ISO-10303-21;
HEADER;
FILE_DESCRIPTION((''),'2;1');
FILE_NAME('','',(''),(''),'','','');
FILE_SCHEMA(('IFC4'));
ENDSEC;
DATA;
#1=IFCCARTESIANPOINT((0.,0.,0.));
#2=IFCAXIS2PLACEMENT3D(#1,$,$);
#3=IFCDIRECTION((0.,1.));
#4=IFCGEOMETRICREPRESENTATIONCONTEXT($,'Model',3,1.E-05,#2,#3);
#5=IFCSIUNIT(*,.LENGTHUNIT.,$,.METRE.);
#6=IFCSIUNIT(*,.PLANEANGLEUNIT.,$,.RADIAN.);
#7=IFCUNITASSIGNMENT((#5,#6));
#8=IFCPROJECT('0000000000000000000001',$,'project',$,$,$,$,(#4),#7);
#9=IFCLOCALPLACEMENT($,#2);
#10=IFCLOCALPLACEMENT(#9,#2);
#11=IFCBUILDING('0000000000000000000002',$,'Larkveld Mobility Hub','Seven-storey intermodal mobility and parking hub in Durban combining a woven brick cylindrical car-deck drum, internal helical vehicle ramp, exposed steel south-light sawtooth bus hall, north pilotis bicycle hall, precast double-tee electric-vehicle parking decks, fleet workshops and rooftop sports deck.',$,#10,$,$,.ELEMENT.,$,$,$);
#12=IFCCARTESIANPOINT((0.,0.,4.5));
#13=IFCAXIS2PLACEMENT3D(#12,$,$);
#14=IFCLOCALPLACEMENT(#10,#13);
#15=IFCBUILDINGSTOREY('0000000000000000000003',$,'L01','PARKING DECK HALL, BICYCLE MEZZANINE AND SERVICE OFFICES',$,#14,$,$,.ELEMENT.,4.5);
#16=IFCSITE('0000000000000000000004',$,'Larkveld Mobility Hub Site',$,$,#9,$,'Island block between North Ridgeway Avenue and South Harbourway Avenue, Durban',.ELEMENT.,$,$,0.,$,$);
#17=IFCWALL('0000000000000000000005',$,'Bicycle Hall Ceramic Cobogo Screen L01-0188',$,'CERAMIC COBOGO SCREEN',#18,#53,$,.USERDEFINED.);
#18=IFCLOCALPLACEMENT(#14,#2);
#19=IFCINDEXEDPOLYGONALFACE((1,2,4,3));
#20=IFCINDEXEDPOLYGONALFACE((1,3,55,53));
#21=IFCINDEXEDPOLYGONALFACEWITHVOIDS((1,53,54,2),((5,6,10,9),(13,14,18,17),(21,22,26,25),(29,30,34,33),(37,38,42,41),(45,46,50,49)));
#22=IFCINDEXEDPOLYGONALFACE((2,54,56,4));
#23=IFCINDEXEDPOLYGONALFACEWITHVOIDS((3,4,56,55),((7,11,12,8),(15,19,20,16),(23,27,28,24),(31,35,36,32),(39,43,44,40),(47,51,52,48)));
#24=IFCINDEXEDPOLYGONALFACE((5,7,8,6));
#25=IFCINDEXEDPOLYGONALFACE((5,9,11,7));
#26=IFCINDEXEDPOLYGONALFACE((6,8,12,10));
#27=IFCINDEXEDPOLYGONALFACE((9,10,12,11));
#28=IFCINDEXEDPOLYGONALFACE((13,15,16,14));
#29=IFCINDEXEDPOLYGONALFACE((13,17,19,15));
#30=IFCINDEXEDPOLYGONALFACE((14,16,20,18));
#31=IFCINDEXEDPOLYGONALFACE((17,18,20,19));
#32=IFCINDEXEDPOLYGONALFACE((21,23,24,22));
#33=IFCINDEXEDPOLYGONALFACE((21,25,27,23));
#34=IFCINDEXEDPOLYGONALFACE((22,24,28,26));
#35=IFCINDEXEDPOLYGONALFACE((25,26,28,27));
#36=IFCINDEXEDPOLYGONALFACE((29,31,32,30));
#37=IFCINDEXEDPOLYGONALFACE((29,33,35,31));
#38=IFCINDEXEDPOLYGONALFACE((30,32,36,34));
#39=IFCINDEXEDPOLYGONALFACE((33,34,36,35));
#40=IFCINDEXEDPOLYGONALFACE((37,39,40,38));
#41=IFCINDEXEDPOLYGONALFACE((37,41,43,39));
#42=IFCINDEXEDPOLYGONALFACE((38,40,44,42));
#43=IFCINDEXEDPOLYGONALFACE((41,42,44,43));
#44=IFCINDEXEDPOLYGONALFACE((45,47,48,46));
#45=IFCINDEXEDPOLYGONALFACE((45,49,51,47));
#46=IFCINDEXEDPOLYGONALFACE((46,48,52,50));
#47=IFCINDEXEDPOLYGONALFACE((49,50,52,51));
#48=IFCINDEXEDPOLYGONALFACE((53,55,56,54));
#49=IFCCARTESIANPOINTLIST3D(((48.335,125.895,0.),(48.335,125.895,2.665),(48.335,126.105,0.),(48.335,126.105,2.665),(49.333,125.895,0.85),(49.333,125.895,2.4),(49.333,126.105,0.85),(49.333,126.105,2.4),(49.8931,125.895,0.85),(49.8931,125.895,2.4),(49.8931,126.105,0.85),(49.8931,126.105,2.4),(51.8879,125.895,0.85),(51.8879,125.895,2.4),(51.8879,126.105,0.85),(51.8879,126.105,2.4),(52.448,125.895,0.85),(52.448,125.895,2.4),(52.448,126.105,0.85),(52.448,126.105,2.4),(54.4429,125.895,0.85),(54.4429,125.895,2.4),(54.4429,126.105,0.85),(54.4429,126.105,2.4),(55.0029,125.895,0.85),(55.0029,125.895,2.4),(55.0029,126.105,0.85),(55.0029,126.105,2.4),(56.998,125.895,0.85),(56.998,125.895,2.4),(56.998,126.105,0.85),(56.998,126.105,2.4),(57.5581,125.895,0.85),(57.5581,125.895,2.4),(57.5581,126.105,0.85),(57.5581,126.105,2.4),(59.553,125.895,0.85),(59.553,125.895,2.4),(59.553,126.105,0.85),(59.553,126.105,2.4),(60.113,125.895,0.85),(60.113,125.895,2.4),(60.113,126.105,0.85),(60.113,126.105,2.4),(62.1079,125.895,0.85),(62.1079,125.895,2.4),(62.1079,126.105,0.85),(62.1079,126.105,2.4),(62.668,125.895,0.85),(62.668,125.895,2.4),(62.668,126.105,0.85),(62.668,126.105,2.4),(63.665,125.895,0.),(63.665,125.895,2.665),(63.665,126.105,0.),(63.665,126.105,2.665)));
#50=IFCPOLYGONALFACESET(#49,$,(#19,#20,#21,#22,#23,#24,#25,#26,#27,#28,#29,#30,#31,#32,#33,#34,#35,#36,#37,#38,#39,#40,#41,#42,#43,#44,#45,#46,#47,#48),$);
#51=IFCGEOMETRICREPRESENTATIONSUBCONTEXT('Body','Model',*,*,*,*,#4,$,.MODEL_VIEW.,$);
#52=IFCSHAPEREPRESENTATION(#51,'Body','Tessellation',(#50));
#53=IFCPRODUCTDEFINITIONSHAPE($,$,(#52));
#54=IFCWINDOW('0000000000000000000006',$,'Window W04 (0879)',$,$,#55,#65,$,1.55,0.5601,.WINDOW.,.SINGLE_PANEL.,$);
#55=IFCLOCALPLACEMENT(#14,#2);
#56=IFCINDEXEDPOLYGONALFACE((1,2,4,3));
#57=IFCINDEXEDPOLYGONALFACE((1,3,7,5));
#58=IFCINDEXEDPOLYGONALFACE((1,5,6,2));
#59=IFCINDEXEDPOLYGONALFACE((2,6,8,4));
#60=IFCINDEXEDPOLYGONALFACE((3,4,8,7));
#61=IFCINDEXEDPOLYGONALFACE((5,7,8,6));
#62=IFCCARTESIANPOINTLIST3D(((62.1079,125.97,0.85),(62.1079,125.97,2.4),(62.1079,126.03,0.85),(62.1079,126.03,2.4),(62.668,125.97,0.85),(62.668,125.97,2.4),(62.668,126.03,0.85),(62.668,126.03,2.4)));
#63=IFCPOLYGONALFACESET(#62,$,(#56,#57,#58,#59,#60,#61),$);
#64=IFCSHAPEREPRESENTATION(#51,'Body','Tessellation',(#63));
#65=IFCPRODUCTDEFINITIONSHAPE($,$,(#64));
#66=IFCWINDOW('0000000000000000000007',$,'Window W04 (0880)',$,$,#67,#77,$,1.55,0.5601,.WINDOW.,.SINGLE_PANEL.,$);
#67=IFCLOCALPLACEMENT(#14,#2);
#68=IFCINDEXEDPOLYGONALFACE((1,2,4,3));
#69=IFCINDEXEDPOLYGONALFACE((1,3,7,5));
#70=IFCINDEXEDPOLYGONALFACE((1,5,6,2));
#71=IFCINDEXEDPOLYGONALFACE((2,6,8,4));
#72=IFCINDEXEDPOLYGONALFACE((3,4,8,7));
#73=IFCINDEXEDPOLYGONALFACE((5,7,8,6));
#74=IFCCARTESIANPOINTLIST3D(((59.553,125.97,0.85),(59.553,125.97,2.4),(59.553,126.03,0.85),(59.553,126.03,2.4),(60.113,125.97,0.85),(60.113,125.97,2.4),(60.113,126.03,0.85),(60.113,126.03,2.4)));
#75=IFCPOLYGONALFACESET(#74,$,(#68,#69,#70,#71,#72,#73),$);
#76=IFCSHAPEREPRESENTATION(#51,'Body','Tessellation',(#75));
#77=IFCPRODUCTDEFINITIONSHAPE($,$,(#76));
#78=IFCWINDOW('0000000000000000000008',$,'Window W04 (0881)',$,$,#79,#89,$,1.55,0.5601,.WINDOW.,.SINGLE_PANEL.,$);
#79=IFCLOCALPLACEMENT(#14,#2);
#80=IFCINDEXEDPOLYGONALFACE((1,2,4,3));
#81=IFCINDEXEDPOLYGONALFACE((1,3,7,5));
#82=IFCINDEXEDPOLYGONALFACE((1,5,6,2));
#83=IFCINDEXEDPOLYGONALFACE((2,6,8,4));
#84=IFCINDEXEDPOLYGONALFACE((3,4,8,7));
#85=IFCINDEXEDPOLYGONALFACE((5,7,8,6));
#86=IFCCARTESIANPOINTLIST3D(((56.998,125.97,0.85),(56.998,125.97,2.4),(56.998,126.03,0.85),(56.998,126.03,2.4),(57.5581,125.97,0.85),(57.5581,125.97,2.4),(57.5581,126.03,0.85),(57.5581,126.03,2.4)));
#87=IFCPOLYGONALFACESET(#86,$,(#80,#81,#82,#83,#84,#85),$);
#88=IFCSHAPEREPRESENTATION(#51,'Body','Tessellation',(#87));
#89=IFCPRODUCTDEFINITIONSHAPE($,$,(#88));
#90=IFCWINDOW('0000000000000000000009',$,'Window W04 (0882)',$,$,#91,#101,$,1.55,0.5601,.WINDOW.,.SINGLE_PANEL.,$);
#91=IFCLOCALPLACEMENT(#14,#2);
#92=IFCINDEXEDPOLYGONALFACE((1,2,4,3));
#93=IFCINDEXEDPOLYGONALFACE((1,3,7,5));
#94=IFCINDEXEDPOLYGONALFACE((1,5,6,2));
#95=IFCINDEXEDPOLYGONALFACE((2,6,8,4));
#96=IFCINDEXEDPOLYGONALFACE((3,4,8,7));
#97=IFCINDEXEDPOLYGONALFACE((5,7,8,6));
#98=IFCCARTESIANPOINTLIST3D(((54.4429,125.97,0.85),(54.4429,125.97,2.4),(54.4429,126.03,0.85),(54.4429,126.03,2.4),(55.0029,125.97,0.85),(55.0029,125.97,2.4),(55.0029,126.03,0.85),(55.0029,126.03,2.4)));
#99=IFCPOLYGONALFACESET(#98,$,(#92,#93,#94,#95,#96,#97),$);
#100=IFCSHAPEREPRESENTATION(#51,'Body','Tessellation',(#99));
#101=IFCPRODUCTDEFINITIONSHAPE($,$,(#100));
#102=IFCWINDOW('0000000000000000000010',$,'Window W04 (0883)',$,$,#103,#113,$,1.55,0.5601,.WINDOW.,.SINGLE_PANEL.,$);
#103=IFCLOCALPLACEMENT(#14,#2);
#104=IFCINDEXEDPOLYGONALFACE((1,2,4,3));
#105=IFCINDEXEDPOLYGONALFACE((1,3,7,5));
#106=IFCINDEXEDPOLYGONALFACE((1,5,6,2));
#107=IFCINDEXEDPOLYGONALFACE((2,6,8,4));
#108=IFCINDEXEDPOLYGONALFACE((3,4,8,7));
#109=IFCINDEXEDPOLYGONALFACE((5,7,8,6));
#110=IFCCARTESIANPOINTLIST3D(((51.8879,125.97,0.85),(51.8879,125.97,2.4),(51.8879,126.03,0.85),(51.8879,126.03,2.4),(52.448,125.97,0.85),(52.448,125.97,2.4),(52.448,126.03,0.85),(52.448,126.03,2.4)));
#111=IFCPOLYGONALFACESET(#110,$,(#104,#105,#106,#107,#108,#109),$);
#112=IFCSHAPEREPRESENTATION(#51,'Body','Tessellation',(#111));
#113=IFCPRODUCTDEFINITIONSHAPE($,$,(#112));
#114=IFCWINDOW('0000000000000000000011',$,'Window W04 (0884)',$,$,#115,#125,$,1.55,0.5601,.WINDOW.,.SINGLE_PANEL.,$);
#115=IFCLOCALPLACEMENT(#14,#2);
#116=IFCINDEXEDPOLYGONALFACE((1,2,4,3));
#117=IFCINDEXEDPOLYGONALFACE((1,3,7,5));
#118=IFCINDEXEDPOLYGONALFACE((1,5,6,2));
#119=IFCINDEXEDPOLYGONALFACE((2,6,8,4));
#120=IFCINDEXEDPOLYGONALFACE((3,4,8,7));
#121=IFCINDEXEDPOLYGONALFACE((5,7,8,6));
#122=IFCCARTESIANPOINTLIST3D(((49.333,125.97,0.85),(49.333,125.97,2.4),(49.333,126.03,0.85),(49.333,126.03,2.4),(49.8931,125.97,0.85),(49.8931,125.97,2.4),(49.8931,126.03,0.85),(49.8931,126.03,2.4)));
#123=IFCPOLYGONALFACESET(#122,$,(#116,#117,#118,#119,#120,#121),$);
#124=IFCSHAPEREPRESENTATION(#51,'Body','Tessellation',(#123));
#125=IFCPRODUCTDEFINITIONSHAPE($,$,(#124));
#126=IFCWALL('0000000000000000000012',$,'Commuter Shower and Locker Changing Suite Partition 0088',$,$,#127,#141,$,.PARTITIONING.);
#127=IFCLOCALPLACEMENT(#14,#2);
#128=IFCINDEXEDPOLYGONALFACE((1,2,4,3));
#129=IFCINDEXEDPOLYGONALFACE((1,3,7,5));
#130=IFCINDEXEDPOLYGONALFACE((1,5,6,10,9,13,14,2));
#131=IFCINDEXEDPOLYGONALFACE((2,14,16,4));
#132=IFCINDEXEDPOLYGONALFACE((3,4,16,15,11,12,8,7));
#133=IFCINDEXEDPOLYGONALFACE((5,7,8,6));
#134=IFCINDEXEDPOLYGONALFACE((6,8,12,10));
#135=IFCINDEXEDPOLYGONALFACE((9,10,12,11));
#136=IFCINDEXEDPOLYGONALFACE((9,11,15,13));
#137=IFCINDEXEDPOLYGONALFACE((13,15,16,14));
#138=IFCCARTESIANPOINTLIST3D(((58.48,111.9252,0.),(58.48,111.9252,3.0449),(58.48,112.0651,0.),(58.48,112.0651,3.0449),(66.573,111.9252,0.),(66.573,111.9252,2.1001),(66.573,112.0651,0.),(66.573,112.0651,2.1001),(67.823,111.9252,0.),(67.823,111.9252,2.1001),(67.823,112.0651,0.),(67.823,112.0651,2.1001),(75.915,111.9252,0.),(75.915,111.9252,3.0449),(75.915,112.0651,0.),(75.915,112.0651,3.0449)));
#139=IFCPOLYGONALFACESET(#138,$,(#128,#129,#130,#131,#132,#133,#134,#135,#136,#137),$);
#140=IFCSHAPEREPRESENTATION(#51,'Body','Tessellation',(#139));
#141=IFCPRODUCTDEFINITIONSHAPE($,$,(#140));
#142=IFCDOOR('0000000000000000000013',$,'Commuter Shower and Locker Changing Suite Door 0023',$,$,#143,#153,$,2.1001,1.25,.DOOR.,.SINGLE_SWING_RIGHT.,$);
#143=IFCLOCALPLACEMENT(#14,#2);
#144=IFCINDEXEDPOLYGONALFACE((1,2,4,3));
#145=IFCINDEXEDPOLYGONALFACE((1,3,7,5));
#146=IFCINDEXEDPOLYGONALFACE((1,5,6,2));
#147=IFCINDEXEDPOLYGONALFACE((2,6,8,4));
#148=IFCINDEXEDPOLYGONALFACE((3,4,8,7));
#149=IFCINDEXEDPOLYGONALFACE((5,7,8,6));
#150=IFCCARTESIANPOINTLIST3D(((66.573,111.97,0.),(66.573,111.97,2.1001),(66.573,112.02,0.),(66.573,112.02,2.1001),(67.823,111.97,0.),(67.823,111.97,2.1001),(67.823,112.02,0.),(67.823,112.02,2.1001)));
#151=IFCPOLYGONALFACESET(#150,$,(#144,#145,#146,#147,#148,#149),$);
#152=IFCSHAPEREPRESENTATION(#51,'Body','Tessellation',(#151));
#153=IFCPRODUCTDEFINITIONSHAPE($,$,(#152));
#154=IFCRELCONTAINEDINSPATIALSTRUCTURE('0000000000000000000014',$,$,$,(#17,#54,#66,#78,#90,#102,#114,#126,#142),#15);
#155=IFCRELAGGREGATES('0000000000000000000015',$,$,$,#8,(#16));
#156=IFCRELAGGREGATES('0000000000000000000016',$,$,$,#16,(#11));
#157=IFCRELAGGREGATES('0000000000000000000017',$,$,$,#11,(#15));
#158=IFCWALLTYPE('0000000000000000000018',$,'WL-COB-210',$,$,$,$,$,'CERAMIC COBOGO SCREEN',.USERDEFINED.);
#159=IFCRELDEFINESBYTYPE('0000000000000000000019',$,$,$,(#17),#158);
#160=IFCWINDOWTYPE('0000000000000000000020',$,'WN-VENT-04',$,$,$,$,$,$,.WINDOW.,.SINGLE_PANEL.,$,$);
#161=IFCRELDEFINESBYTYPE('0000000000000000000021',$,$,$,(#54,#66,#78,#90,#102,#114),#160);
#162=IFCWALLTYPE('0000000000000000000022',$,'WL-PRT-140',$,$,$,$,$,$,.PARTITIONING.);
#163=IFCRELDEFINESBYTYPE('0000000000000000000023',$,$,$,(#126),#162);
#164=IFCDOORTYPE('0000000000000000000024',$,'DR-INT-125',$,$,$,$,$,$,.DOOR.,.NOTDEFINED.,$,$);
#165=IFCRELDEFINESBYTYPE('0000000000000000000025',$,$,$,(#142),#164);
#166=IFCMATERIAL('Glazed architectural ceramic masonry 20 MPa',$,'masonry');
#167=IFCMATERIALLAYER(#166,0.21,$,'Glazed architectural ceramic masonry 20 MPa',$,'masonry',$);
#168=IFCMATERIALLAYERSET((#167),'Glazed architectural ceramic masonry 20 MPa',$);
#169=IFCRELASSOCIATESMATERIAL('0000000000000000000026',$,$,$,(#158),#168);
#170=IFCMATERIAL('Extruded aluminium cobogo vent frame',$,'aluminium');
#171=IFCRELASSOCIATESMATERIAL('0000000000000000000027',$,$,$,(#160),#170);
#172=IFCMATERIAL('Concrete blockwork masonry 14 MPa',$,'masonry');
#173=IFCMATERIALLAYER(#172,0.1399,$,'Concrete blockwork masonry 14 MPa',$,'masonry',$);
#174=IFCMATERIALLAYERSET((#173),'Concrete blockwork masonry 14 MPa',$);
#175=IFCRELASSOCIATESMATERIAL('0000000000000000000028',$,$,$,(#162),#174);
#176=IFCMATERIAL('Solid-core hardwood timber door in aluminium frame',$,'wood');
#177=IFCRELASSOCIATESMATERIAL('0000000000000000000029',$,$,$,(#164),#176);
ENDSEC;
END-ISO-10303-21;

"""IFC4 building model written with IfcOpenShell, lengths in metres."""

from ifc_helpers import new_model, si_unit, direction, frame, frame_2d, origin, place, context, subcontext, project, spatial, rectangle, extrude, material, layer, layer_set, type_object, element, fill, save


model = new_model("IFC4")

# Units and contexts
model_context = context("Model", 3, precision=1e-05, world=origin(), true_north=direction((0.0, 1.0)))
body_context = subcontext(model_context, "Body", "Model", "MODEL_VIEW")
ifc_project = project(units=[si_unit("LENGTHUNIT", "METRE"), si_unit("PLANEANGLEUNIT", "RADIAN")], contexts=[model_context])

# Site, building, storey
site_placement = place(None, origin())
site = spatial("IfcSite", under=ifc_project, at=site_placement, Name="Larkveld Mobility Hub Site", LongName="Island block between North Ridgeway Avenue and South Harbourway Avenue, Durban", CompositionType="ELEMENT", RefElevation=0.0)
building_placement = place(site_placement, origin())
building = spatial("IfcBuilding", under=site, at=building_placement, Name="Larkveld Mobility Hub", Description="Seven-storey intermodal mobility and parking hub in Durban combining a woven brick cylindrical car-deck drum, internal helical vehicle ramp, exposed steel south-light sawtooth bus hall, north pilotis bicycle hall, precast double-tee electric-vehicle parking decks, fleet workshops and rooftop sports deck.", CompositionType="ELEMENT")
storey_placement = place(building_placement, frame((0.0, 0.0, 4.5)))
storey = spatial("IfcBuildingStorey", under=building, at=storey_placement, Name="L01", Description="PARKING DECK HALL, BICYCLE MEZZANINE AND SERVICE OFFICES", CompositionType="ELEMENT", Elevation=4.5)

# Wall, openings, windows
ifc_material_1 = material(Name="Glazed architectural ceramic masonry 20 MPa", Category="masonry")
ifc_layer_1 = layer(ifc_material_1, 0.21, Name="Glazed architectural ceramic masonry 20 MPa", Category="masonry")
ifc_layer_set_1 = layer_set([ifc_layer_1], Name="Glazed architectural ceramic masonry 20 MPa")
wall_type_1 = type_object("IfcWallType", Name="WL-COB-210", ElementType="CERAMIC COBOGO SCREEN", PredefinedType="USERDEFINED", material=ifc_layer_set_1)
wall_1_placement = place(storey_placement, frame((63.665, 126.0, 0.0), z_axis=(0.0, 0.0, 1.0), x_axis=(-1.0, 0.0, 0.0)))
wall_1 = element("IfcWall", 1, at=wall_1_placement, inside=storey, type_object=wall_type_1, Name="Bicycle Hall Ceramic Cobogo Screen L01-0188", ObjectType="CERAMIC COBOGO SCREEN", PredefinedType="USERDEFINED", context=body_context, shape_type="SweptSolid", body=[
    extrude(rectangle(XDim=15.3301, YDim=0.21, at=frame_2d((7.665, 0.0))), origin(), (0.0, 0.0, 1.0), 2.665),
])
opening_1_placement = place(wall_1_placement, frame((0.9971, 0.0, 0.8501)))
opening_1 = element("IfcOpeningElement", 2, at=opening_1_placement, cuts=wall_1, PredefinedType="OPENING", context=body_context, shape_type="SweptSolid", body=[
    extrude(rectangle(XDim=0.5601, YDim=1.55, at=frame_2d((0.28, 0.7749))), frame((0.0, 0.115, 0.0), z_axis=(0.0, -1.0, 0.0), x_axis=(1.0, 0.0, 0.0)), (0.0, 0.0, 1.0), 0.23),
])
opening_2_placement = place(wall_1_placement, frame((3.552, 0.0, 0.8501)))
opening_2 = element("IfcOpeningElement", 3, at=opening_2_placement, cuts=wall_1, PredefinedType="OPENING", context=body_context, shape_type="SweptSolid", body=[
    extrude(rectangle(XDim=0.5601, YDim=1.55, at=frame_2d((0.28, 0.7749))), frame((0.0, 0.115, 0.0), z_axis=(0.0, -1.0, 0.0), x_axis=(1.0, 0.0, 0.0)), (0.0, 0.0, 1.0), 0.23),
])
opening_3_placement = place(wall_1_placement, frame((6.1069, 0.0, 0.8501)))
opening_3 = element("IfcOpeningElement", 4, at=opening_3_placement, cuts=wall_1, PredefinedType="OPENING", context=body_context, shape_type="SweptSolid", body=[
    extrude(rectangle(XDim=0.5601, YDim=1.55, at=frame_2d((0.28, 0.7749))), frame((0.0, 0.115, 0.0), z_axis=(0.0, -1.0, 0.0), x_axis=(1.0, 0.0, 0.0)), (0.0, 0.0, 1.0), 0.23),
])
opening_4_placement = place(wall_1_placement, frame((8.6621, 0.0, 0.8501)))
opening_4 = element("IfcOpeningElement", 5, at=opening_4_placement, cuts=wall_1, PredefinedType="OPENING", context=body_context, shape_type="SweptSolid", body=[
    extrude(rectangle(XDim=0.5601, YDim=1.55, at=frame_2d((0.28, 0.7749))), frame((0.0, 0.115, 0.0), z_axis=(0.0, -1.0, 0.0), x_axis=(1.0, 0.0, 0.0)), (0.0, 0.0, 1.0), 0.23),
])
opening_5_placement = place(wall_1_placement, frame((11.217, 0.0, 0.8501)))
opening_5 = element("IfcOpeningElement", 6, at=opening_5_placement, cuts=wall_1, PredefinedType="OPENING", context=body_context, shape_type="SweptSolid", body=[
    extrude(rectangle(XDim=0.5601, YDim=1.55, at=frame_2d((0.28, 0.7749))), frame((0.0, 0.115, 0.0), z_axis=(0.0, -1.0, 0.0), x_axis=(1.0, 0.0, 0.0)), (0.0, 0.0, 1.0), 0.23),
])
opening_6_placement = place(wall_1_placement, frame((13.772, 0.0, 0.8501)))
opening_6 = element("IfcOpeningElement", 7, at=opening_6_placement, cuts=wall_1, PredefinedType="OPENING", context=body_context, shape_type="SweptSolid", body=[
    extrude(rectangle(XDim=0.5601, YDim=1.55, at=frame_2d((0.28, 0.7749))), frame((0.0, 0.115, 0.0), z_axis=(0.0, -1.0, 0.0), x_axis=(1.0, 0.0, 0.0)), (0.0, 0.0, 1.0), 0.23),
])
ifc_material_2 = material(Name="Extruded aluminium cobogo vent frame", Category="aluminium")
window_type = type_object("IfcWindowType", Name="WN-VENT-04", PartitioningType="SINGLE_PANEL", PredefinedType="WINDOW", material=ifc_material_2)
window_1_placement = place(opening_1_placement, origin())
window_1 = element("IfcWindow", 8, at=window_1_placement, inside=storey, type_object=window_type, Name="Window W04 (0879)", OverallHeight=1.55, OverallWidth=0.5601, PartitioningType="SINGLE_PANEL", PredefinedType="WINDOW", context=body_context, shape_type="SweptSolid", body=[
    extrude(rectangle(XDim=0.5601, YDim=1.55, at=frame_2d((0.28, 0.7749))), frame((0.0, 0.03, 0.0), z_axis=(0.0, -1.0, 0.0), x_axis=(1.0, 0.0, 0.0)), (0.0, 0.0, 1.0), 0.0601),
])
fill(opening_1, window_1)
window_2_placement = place(opening_2_placement, origin())
window_2 = element("IfcWindow", 9, at=window_2_placement, inside=storey, type_object=window_type, Name="Window W04 (0880)", OverallHeight=1.55, OverallWidth=0.5601, PartitioningType="SINGLE_PANEL", PredefinedType="WINDOW", context=body_context, shape_type="SweptSolid", body=[
    extrude(rectangle(XDim=0.5601, YDim=1.55, at=frame_2d((0.28, 0.7749))), frame((0.0, 0.03, 0.0), z_axis=(0.0, -1.0, 0.0), x_axis=(1.0, 0.0, 0.0)), (0.0, 0.0, 1.0), 0.0601),
])
fill(opening_2, window_2)
window_3_placement = place(opening_3_placement, origin())
window_3 = element("IfcWindow", 10, at=window_3_placement, inside=storey, type_object=window_type, Name="Window W04 (0881)", OverallHeight=1.55, OverallWidth=0.5601, PartitioningType="SINGLE_PANEL", PredefinedType="WINDOW", context=body_context, shape_type="SweptSolid", body=[
    extrude(rectangle(XDim=0.5601, YDim=1.55, at=frame_2d((0.28, 0.7749))), frame((0.0, 0.03, 0.0), z_axis=(0.0, -1.0, 0.0), x_axis=(1.0, 0.0, 0.0)), (0.0, 0.0, 1.0), 0.0601),
])
fill(opening_3, window_3)
window_4_placement = place(opening_4_placement, origin())
window_4 = element("IfcWindow", 11, at=window_4_placement, inside=storey, type_object=window_type, Name="Window W04 (0882)", OverallHeight=1.55, OverallWidth=0.5601, PartitioningType="SINGLE_PANEL", PredefinedType="WINDOW", context=body_context, shape_type="SweptSolid", body=[
    extrude(rectangle(XDim=0.5601, YDim=1.55, at=frame_2d((0.28, 0.7749))), frame((0.0, 0.03, 0.0), z_axis=(0.0, -1.0, 0.0), x_axis=(1.0, 0.0, 0.0)), (0.0, 0.0, 1.0), 0.0601),
])
fill(opening_4, window_4)
window_5_placement = place(opening_5_placement, origin())
window_5 = element("IfcWindow", 12, at=window_5_placement, inside=storey, type_object=window_type, Name="Window W04 (0883)", OverallHeight=1.55, OverallWidth=0.5601, PartitioningType="SINGLE_PANEL", PredefinedType="WINDOW", context=body_context, shape_type="SweptSolid", body=[
    extrude(rectangle(XDim=0.5601, YDim=1.55, at=frame_2d((0.28, 0.7749))), frame((0.0, 0.03, 0.0), z_axis=(0.0, -1.0, 0.0), x_axis=(1.0, 0.0, 0.0)), (0.0, 0.0, 1.0), 0.0601),
])
fill(opening_5, window_5)
window_6_placement = place(opening_6_placement, origin())
window_6 = element("IfcWindow", 13, at=window_6_placement, inside=storey, type_object=window_type, Name="Window W04 (0884)", OverallHeight=1.55, OverallWidth=0.5601, PartitioningType="SINGLE_PANEL", PredefinedType="WINDOW", context=body_context, shape_type="SweptSolid", body=[
    extrude(rectangle(XDim=0.5601, YDim=1.55, at=frame_2d((0.28, 0.7749))), frame((0.0, 0.03, 0.0), z_axis=(0.0, -1.0, 0.0), x_axis=(1.0, 0.0, 0.0)), (0.0, 0.0, 1.0), 0.0601),
])
fill(opening_6, window_6)

# Wall, opening, door
ifc_material_3 = material(Name="Concrete blockwork masonry 14 MPa", Category="masonry")
ifc_layer_2 = layer(ifc_material_3, 0.1399, Name="Concrete blockwork masonry 14 MPa", Category="masonry")
ifc_layer_set_2 = layer_set([ifc_layer_2], Name="Concrete blockwork masonry 14 MPa")
wall_type_2 = type_object("IfcWallType", Name="WL-PRT-140", PredefinedType="PARTITIONING", material=ifc_layer_set_2)
wall_2_placement = place(storey_placement, frame((58.48, 111.9951, 0.0), z_axis=(0.0, 0.0, 1.0), x_axis=(1.0, 0.0, 0.0)))
wall_2 = element("IfcWall", 14, at=wall_2_placement, inside=storey, type_object=wall_type_2, Name="Commuter Shower and Locker Changing Suite Partition 0088", PredefinedType="PARTITIONING", context=body_context, shape_type="SweptSolid", body=[
    extrude(rectangle(XDim=17.4351, YDim=0.1399, at=frame_2d((8.7175, 0.0))), origin(), (0.0, 0.0, 1.0), 3.0449),
])
opening_7_placement = place(wall_2_placement, frame((8.093, 0.0, 0.0)))
opening_7 = element("IfcOpeningElement", 15, at=opening_7_placement, cuts=wall_2, PredefinedType="OPENING", context=body_context, shape_type="SweptSolid", body=[
    extrude(rectangle(XDim=1.25, YDim=2.1001, at=frame_2d((0.625, 1.05))), frame((0.0, 0.0801, 0.0), z_axis=(0.0, -1.0, 0.0), x_axis=(1.0, 0.0, 0.0)), (0.0, 0.0, 1.0), 0.1599),
])
ifc_material_4 = material(Name="Solid-core hardwood timber door in aluminium frame", Category="wood")
door_type = type_object("IfcDoorType", Name="DR-INT-125", OperationType="NOTDEFINED", PredefinedType="DOOR", material=ifc_material_4)
door_placement = place(opening_7_placement, origin())
door = element("IfcDoor", 16, at=door_placement, inside=storey, type_object=door_type, Name="Commuter Shower and Locker Changing Suite Door 0023", OperationType="SINGLE_SWING_RIGHT", OverallHeight=2.1001, OverallWidth=1.25, PredefinedType="DOOR", context=body_context, shape_type="SweptSolid", body=[
    extrude(rectangle(XDim=1.25, YDim=2.1001, at=frame_2d((0.625, 1.05))), frame((0.0, 0.0249, 0.0), z_axis=(0.0, -1.0, 0.0), x_axis=(1.0, 0.0, 0.0)), (0.0, 0.0, 1.0), 0.05),
])
fill(opening_7, door)

save(model, "model.ifc")
